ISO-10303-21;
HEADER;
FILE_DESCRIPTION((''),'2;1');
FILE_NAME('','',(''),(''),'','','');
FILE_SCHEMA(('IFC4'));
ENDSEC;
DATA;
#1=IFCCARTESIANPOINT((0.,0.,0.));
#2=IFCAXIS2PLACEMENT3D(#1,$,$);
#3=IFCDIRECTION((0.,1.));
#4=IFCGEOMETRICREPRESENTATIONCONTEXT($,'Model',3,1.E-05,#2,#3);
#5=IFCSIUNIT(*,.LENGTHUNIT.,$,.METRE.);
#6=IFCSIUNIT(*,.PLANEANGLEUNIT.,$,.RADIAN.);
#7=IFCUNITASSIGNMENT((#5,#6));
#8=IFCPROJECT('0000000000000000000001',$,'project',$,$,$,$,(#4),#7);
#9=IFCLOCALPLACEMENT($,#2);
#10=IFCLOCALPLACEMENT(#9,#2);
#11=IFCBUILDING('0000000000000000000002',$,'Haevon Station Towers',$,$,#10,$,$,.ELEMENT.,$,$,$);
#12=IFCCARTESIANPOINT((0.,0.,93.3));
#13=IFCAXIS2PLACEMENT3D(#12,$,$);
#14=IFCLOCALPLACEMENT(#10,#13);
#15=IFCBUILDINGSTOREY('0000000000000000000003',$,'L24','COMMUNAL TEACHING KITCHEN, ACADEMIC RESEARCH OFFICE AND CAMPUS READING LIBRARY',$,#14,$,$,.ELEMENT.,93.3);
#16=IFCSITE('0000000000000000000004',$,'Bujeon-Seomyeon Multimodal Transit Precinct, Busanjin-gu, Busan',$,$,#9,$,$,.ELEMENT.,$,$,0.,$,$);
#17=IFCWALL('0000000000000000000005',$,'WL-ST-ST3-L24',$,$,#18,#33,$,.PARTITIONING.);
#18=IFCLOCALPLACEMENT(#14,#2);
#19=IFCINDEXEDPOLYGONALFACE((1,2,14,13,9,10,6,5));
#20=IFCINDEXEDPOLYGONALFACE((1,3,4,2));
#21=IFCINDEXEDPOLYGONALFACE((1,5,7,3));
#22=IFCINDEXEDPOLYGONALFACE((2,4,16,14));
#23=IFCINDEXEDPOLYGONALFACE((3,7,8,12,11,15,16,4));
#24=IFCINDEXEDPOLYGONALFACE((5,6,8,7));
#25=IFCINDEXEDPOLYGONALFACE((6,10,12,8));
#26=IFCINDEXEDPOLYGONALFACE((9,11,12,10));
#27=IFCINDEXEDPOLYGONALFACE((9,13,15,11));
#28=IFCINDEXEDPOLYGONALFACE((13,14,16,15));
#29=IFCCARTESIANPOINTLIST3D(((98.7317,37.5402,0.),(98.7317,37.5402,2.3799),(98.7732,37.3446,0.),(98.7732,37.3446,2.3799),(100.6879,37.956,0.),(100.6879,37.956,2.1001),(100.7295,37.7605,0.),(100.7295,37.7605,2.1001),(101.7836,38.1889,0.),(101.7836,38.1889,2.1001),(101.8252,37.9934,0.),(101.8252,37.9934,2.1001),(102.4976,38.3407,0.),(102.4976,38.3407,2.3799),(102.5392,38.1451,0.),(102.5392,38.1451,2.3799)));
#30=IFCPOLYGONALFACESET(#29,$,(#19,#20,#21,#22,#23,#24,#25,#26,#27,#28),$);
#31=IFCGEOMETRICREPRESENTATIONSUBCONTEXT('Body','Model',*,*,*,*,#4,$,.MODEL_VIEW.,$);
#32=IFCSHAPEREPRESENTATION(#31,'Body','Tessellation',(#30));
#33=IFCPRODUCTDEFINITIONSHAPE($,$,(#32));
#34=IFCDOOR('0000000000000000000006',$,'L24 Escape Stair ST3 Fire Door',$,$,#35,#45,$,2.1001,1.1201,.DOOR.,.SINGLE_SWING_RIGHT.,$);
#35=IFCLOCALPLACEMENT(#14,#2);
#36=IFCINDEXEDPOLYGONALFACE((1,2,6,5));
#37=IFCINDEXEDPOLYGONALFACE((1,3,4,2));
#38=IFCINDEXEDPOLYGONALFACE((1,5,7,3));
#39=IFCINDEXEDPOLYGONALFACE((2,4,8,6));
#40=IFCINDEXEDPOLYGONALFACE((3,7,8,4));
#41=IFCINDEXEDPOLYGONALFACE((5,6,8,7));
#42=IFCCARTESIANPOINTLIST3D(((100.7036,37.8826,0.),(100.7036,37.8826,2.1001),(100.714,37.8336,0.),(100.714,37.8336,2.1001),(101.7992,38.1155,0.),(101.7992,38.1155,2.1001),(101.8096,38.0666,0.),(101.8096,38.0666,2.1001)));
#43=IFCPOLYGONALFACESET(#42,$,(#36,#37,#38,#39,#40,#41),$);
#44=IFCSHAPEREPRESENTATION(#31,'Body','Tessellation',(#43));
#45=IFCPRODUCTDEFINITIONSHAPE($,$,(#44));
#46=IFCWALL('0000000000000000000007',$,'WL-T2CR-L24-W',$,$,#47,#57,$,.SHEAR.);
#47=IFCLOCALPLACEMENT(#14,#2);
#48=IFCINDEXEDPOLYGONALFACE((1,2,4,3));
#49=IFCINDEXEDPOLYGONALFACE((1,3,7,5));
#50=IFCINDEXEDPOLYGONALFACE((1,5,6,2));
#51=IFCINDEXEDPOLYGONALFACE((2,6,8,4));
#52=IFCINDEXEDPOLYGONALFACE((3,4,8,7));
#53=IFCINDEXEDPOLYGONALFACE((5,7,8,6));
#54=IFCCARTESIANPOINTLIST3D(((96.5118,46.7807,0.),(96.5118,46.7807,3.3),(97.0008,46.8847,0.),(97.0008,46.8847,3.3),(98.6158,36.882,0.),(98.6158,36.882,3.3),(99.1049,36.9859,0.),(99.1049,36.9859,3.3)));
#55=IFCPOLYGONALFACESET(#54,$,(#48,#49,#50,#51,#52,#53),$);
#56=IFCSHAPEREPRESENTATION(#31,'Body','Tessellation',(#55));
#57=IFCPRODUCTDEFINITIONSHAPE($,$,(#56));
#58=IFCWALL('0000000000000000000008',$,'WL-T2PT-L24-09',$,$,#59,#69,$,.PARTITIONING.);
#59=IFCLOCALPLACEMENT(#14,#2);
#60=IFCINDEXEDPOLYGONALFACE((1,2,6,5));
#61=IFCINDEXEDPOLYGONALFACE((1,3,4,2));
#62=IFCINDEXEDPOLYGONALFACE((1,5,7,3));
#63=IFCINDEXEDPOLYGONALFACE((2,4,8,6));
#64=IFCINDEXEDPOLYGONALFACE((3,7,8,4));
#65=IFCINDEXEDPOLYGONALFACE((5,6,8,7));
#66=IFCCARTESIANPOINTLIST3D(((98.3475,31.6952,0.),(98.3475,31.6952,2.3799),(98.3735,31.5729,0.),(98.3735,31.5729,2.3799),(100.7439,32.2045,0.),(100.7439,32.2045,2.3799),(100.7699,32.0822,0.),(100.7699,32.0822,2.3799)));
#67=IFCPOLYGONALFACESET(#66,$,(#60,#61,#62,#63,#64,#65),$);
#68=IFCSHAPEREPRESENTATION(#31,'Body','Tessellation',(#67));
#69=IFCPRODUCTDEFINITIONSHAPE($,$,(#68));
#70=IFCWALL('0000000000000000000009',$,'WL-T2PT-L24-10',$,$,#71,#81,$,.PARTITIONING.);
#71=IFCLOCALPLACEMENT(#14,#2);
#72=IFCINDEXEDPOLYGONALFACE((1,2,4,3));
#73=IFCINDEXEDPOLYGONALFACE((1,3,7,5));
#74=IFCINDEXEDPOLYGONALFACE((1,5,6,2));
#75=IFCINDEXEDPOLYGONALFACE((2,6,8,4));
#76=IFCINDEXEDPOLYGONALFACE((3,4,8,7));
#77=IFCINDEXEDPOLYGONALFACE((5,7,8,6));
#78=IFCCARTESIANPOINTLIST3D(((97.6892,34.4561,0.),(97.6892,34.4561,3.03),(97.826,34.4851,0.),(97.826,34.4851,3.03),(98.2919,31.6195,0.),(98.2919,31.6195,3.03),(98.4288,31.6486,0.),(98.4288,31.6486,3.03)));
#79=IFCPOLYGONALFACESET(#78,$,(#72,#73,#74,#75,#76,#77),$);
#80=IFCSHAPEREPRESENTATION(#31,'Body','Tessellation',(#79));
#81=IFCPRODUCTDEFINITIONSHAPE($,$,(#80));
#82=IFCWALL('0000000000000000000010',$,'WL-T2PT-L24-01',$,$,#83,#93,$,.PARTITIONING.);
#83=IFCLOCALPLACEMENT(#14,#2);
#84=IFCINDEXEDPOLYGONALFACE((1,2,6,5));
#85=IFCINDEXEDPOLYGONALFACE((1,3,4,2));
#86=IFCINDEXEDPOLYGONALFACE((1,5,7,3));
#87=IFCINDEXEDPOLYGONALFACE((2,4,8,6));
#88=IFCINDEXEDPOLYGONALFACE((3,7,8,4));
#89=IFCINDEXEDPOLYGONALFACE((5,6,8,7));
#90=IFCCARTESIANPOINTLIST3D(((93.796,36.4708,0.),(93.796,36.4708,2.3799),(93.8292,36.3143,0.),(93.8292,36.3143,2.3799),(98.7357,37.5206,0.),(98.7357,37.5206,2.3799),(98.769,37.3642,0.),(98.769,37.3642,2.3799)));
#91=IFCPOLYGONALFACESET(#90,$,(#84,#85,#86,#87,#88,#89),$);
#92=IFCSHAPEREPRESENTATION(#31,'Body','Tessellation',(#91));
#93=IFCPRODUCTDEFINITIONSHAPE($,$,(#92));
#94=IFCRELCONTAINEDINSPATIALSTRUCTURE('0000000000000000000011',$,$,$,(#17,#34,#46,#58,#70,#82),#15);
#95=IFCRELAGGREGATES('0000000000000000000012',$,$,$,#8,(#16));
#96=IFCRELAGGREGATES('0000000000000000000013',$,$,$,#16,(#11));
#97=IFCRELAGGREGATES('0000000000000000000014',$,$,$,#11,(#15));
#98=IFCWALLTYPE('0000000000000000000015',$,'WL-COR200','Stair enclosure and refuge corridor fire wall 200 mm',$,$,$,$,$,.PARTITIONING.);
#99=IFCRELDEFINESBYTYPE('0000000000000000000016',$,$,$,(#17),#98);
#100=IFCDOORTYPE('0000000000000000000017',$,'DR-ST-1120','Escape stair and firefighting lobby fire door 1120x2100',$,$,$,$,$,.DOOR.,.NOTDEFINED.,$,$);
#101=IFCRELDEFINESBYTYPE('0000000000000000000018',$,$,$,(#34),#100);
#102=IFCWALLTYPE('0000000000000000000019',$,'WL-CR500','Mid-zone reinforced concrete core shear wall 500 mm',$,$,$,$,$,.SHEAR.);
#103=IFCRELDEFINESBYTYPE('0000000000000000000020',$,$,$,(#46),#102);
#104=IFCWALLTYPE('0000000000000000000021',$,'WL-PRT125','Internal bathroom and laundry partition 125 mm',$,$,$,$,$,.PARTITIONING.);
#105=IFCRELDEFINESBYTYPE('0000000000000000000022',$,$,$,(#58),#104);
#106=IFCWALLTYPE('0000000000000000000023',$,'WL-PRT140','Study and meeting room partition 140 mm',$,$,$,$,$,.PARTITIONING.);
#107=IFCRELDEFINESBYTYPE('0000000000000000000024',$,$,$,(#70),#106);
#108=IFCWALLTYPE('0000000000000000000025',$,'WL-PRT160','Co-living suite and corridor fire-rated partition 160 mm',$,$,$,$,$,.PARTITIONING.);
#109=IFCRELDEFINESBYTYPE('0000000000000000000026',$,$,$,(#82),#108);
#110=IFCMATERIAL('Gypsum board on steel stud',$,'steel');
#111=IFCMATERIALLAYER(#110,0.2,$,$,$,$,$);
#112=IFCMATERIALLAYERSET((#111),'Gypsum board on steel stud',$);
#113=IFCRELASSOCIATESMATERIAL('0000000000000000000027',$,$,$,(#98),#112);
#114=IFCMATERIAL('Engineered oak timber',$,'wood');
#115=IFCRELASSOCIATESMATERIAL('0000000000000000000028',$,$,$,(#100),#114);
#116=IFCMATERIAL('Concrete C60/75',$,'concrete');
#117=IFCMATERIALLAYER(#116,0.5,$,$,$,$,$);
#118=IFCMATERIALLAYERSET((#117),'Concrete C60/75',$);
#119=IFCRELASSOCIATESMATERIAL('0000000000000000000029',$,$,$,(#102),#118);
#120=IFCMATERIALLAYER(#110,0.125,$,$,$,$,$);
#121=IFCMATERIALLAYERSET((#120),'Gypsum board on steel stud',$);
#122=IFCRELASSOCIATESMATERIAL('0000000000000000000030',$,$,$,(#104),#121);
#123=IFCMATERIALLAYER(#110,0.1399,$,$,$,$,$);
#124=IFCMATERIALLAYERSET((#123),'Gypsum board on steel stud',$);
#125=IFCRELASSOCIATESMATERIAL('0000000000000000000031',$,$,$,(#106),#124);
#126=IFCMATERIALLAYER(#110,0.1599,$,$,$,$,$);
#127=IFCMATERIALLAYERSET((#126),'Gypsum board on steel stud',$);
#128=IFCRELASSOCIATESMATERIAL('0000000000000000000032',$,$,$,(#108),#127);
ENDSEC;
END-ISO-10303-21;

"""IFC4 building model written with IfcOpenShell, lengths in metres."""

from ifc_helpers import new_model, si_unit, direction, frame, frame_2d, origin, place, context, subcontext, project, spatial, rectangle, extrude, material, layer, layer_set, type_object, element, fill, save


model = new_model("IFC4")

# Units and contexts
model_context = context("Model", 3, precision=1e-05, world=origin(), true_north=direction((0.0, 1.0)))
body_context = subcontext(model_context, "Body", "Model", "MODEL_VIEW")
ifc_project = project(units=[si_unit("LENGTHUNIT", "METRE"), si_unit("PLANEANGLEUNIT", "RADIAN")], contexts=[model_context])

# Site, building, storey
site_placement = place(None, origin())
site = spatial("IfcSite", under=ifc_project, at=site_placement, Name="Bujeon-Seomyeon Multimodal Transit Precinct, Busanjin-gu, Busan", CompositionType="ELEMENT", RefElevation=0.0)
building_placement = place(site_placement, origin())
building = spatial("IfcBuilding", under=site, at=building_placement, Name="Haevon Station Towers", CompositionType="ELEMENT")
storey_placement = place(building_placement, frame((0.0, 0.0, 93.3)))
storey = spatial("IfcBuildingStorey", under=building, at=storey_placement, Name="L24", Description="COMMUNAL TEACHING KITCHEN, ACADEMIC RESEARCH OFFICE AND CAMPUS READING LIBRARY", CompositionType="ELEMENT", Elevation=93.3)

# Wall, opening, door
ifc_material_1 = material(Name="Gypsum board on steel stud", Category="steel")
ifc_layer_1 = layer(ifc_material_1, 0.2)
ifc_layer_set_1 = layer_set([ifc_layer_1], Name="Gypsum board on steel stud")
wall_type_1 = type_object("IfcWallType", Name="WL-COR200", Description="Stair enclosure and refuge corridor fire wall 200 mm", PredefinedType="PARTITIONING", material=ifc_layer_set_1)
wall_1_placement = place(storey_placement, frame((98.7524, 37.4424, 0.0), z_axis=(0.0, 0.0, 1.0), x_axis=(0.978144, 0.207931, 0.0)))
wall_1 = element("IfcWall", 1, at=wall_1_placement, inside=storey, type_object=wall_type_1, Name="WL-ST-ST3-L24", PredefinedType="PARTITIONING", context=body_context, shape_type="SweptSolid", body=[
    extrude(rectangle(XDim=3.8501, YDim=0.2, at=frame_2d((1.925, 0.0))), origin(), (0.0, 0.0, 1.0), 2.3799),
])
opening_1_placement = place(wall_1_placement, frame((2.0, 0.0, 0.0)))
opening_1 = element("IfcOpeningElement", 2, at=opening_1_placement, cuts=wall_1, PredefinedType="OPENING", context=body_context, shape_type="SweptSolid", body=[
    extrude(rectangle(XDim=1.1201, YDim=2.1001, at=frame_2d((0.5601, 1.05))), frame((0.0, 0.1099, 0.0), z_axis=(0.0, -1.0, 0.0), x_axis=(1.0, 0.0, 0.0)), (0.0, 0.0, 1.0), 0.22),
])
ifc_material_2 = material(Name="Engineered oak timber", Category="wood")
door_type_1 = type_object("IfcDoorType", Name="DR-ST-1120", Description="Escape stair and firefighting lobby fire door 1120x2100", OperationType="NOTDEFINED", PredefinedType="DOOR", material=ifc_material_2)
door_1_placement = place(opening_1_placement, origin())
door_1 = element("IfcDoor", 3, at=door_1_placement, inside=storey, type_object=door_type_1, Name="L24 Escape Stair ST3 Fire Door", OperationType="SINGLE_SWING_RIGHT", OverallHeight=2.1001, OverallWidth=1.1201, PredefinedType="DOOR", context=body_context, shape_type="SweptSolid", body=[
    extrude(rectangle(XDim=1.1201, YDim=2.1001, at=frame_2d((0.5601, 1.05))), frame((0.0, 0.0249, 0.0), z_axis=(0.0, -1.0, 0.0), x_axis=(1.0, 0.0, 0.0)), (0.0, 0.0, 1.0), 0.05),
])
fill(opening_1, door_1)

# Walls
ifc_material_3 = material(Name="Concrete C60/75", Category="concrete")
ifc_layer_2 = layer(ifc_material_3, 0.5)
ifc_layer_set_2 = layer_set([ifc_layer_2], Name="Concrete C60/75")
wall_type_2 = type_object("IfcWallType", Name="WL-CR500", Description="Mid-zone reinforced concrete core shear wall 500 mm", PredefinedType="SHEAR", material=ifc_layer_set_2)
wall_2_placement = place(storey_placement, frame((98.8604, 36.9338, 0.0), z_axis=(0.0, 0.0, 1.0), x_axis=(-0.207909, 0.978148, 0.0)))
element("IfcWall", 4, at=wall_2_placement, inside=storey, type_object=wall_type_2, Name="WL-T2CR-L24-W", PredefinedType="SHEAR", context=body_context, shape_type="SweptSolid", body=[
    extrude(rectangle(XDim=10.1199, YDim=0.5, at=frame_2d((5.0601, 0.0))), origin(), (0.0, 0.0, 1.0), 3.3),
])
ifc_layer_3 = layer(ifc_material_1, 0.125)
ifc_layer_set_3 = layer_set([ifc_layer_3], Name="Gypsum board on steel stud")
wall_type_3 = type_object("IfcWallType", Name="WL-PRT125", Description="Internal bathroom and laundry partition 125 mm", PredefinedType="PARTITIONING", material=ifc_layer_set_3)
wall_3_placement = place(storey_placement, frame((98.3604, 31.634, 0.0), z_axis=(0.0, 0.0, 1.0), x_axis=(0.978157, 0.207868, 0.0)))
element("IfcWall", 5, at=wall_3_placement, inside=storey, type_object=wall_type_3, Name="WL-T2PT-L24-09", PredefinedType="PARTITIONING", context=body_context, shape_type="SweptSolid", body=[
    extrude(rectangle(XDim=2.45, YDim=0.125, at=frame_2d((1.2251, 0.0))), origin(), (0.0, 0.0, 1.0), 2.3799),
])
ifc_layer_4 = layer(ifc_material_1, 0.1399)
ifc_layer_set_4 = layer_set([ifc_layer_4], Name="Gypsum board on steel stud")
wall_type_4 = type_object("IfcWallType", Name="WL-PRT140", Description="Study and meeting room partition 140 mm", PredefinedType="PARTITIONING", material=ifc_layer_set_4)
wall_4_placement = place(storey_placement, frame((98.3604, 31.634, 0.0), z_axis=(0.0, 0.0, 1.0), x_axis=(-0.207856, 0.978159, 0.0)))
element("IfcWall", 6, at=wall_4_placement, inside=storey, type_object=wall_type_4, Name="WL-T2PT-L24-10", PredefinedType="PARTITIONING", context=body_context, shape_type="SweptSolid", body=[
    extrude(rectangle(XDim=2.8999, YDim=0.1399, at=frame_2d((1.45, 0.0))), origin(), (0.0, 0.0, 1.0), 3.03),
])
ifc_layer_5 = layer(ifc_material_1, 0.1599)
ifc_layer_set_5 = layer_set([ifc_layer_5], Name="Gypsum board on steel stud")
wall_type_5 = type_object("IfcWallType", Name="WL-PRT160", Description="Co-living suite and corridor fire-rated partition 160 mm", PredefinedType="PARTITIONING", material=ifc_layer_set_5)
wall_5_placement = place(storey_placement, frame((93.8127, 36.3926, 0.0), z_axis=(0.0, 0.0, 1.0), x_axis=(0.978154, 0.207881, 0.0)))
element("IfcWall", 7, at=wall_5_placement, inside=storey, type_object=wall_type_5, Name="WL-T2PT-L24-01", PredefinedType="PARTITIONING", context=body_context, shape_type="SweptSolid", body=[
    extrude(rectangle(XDim=5.05, YDim=0.1599, at=frame_2d((2.5249, 0.0))), origin(), (0.0, 0.0, 1.0), 2.3799),
])

save(model, "model.ifc")
